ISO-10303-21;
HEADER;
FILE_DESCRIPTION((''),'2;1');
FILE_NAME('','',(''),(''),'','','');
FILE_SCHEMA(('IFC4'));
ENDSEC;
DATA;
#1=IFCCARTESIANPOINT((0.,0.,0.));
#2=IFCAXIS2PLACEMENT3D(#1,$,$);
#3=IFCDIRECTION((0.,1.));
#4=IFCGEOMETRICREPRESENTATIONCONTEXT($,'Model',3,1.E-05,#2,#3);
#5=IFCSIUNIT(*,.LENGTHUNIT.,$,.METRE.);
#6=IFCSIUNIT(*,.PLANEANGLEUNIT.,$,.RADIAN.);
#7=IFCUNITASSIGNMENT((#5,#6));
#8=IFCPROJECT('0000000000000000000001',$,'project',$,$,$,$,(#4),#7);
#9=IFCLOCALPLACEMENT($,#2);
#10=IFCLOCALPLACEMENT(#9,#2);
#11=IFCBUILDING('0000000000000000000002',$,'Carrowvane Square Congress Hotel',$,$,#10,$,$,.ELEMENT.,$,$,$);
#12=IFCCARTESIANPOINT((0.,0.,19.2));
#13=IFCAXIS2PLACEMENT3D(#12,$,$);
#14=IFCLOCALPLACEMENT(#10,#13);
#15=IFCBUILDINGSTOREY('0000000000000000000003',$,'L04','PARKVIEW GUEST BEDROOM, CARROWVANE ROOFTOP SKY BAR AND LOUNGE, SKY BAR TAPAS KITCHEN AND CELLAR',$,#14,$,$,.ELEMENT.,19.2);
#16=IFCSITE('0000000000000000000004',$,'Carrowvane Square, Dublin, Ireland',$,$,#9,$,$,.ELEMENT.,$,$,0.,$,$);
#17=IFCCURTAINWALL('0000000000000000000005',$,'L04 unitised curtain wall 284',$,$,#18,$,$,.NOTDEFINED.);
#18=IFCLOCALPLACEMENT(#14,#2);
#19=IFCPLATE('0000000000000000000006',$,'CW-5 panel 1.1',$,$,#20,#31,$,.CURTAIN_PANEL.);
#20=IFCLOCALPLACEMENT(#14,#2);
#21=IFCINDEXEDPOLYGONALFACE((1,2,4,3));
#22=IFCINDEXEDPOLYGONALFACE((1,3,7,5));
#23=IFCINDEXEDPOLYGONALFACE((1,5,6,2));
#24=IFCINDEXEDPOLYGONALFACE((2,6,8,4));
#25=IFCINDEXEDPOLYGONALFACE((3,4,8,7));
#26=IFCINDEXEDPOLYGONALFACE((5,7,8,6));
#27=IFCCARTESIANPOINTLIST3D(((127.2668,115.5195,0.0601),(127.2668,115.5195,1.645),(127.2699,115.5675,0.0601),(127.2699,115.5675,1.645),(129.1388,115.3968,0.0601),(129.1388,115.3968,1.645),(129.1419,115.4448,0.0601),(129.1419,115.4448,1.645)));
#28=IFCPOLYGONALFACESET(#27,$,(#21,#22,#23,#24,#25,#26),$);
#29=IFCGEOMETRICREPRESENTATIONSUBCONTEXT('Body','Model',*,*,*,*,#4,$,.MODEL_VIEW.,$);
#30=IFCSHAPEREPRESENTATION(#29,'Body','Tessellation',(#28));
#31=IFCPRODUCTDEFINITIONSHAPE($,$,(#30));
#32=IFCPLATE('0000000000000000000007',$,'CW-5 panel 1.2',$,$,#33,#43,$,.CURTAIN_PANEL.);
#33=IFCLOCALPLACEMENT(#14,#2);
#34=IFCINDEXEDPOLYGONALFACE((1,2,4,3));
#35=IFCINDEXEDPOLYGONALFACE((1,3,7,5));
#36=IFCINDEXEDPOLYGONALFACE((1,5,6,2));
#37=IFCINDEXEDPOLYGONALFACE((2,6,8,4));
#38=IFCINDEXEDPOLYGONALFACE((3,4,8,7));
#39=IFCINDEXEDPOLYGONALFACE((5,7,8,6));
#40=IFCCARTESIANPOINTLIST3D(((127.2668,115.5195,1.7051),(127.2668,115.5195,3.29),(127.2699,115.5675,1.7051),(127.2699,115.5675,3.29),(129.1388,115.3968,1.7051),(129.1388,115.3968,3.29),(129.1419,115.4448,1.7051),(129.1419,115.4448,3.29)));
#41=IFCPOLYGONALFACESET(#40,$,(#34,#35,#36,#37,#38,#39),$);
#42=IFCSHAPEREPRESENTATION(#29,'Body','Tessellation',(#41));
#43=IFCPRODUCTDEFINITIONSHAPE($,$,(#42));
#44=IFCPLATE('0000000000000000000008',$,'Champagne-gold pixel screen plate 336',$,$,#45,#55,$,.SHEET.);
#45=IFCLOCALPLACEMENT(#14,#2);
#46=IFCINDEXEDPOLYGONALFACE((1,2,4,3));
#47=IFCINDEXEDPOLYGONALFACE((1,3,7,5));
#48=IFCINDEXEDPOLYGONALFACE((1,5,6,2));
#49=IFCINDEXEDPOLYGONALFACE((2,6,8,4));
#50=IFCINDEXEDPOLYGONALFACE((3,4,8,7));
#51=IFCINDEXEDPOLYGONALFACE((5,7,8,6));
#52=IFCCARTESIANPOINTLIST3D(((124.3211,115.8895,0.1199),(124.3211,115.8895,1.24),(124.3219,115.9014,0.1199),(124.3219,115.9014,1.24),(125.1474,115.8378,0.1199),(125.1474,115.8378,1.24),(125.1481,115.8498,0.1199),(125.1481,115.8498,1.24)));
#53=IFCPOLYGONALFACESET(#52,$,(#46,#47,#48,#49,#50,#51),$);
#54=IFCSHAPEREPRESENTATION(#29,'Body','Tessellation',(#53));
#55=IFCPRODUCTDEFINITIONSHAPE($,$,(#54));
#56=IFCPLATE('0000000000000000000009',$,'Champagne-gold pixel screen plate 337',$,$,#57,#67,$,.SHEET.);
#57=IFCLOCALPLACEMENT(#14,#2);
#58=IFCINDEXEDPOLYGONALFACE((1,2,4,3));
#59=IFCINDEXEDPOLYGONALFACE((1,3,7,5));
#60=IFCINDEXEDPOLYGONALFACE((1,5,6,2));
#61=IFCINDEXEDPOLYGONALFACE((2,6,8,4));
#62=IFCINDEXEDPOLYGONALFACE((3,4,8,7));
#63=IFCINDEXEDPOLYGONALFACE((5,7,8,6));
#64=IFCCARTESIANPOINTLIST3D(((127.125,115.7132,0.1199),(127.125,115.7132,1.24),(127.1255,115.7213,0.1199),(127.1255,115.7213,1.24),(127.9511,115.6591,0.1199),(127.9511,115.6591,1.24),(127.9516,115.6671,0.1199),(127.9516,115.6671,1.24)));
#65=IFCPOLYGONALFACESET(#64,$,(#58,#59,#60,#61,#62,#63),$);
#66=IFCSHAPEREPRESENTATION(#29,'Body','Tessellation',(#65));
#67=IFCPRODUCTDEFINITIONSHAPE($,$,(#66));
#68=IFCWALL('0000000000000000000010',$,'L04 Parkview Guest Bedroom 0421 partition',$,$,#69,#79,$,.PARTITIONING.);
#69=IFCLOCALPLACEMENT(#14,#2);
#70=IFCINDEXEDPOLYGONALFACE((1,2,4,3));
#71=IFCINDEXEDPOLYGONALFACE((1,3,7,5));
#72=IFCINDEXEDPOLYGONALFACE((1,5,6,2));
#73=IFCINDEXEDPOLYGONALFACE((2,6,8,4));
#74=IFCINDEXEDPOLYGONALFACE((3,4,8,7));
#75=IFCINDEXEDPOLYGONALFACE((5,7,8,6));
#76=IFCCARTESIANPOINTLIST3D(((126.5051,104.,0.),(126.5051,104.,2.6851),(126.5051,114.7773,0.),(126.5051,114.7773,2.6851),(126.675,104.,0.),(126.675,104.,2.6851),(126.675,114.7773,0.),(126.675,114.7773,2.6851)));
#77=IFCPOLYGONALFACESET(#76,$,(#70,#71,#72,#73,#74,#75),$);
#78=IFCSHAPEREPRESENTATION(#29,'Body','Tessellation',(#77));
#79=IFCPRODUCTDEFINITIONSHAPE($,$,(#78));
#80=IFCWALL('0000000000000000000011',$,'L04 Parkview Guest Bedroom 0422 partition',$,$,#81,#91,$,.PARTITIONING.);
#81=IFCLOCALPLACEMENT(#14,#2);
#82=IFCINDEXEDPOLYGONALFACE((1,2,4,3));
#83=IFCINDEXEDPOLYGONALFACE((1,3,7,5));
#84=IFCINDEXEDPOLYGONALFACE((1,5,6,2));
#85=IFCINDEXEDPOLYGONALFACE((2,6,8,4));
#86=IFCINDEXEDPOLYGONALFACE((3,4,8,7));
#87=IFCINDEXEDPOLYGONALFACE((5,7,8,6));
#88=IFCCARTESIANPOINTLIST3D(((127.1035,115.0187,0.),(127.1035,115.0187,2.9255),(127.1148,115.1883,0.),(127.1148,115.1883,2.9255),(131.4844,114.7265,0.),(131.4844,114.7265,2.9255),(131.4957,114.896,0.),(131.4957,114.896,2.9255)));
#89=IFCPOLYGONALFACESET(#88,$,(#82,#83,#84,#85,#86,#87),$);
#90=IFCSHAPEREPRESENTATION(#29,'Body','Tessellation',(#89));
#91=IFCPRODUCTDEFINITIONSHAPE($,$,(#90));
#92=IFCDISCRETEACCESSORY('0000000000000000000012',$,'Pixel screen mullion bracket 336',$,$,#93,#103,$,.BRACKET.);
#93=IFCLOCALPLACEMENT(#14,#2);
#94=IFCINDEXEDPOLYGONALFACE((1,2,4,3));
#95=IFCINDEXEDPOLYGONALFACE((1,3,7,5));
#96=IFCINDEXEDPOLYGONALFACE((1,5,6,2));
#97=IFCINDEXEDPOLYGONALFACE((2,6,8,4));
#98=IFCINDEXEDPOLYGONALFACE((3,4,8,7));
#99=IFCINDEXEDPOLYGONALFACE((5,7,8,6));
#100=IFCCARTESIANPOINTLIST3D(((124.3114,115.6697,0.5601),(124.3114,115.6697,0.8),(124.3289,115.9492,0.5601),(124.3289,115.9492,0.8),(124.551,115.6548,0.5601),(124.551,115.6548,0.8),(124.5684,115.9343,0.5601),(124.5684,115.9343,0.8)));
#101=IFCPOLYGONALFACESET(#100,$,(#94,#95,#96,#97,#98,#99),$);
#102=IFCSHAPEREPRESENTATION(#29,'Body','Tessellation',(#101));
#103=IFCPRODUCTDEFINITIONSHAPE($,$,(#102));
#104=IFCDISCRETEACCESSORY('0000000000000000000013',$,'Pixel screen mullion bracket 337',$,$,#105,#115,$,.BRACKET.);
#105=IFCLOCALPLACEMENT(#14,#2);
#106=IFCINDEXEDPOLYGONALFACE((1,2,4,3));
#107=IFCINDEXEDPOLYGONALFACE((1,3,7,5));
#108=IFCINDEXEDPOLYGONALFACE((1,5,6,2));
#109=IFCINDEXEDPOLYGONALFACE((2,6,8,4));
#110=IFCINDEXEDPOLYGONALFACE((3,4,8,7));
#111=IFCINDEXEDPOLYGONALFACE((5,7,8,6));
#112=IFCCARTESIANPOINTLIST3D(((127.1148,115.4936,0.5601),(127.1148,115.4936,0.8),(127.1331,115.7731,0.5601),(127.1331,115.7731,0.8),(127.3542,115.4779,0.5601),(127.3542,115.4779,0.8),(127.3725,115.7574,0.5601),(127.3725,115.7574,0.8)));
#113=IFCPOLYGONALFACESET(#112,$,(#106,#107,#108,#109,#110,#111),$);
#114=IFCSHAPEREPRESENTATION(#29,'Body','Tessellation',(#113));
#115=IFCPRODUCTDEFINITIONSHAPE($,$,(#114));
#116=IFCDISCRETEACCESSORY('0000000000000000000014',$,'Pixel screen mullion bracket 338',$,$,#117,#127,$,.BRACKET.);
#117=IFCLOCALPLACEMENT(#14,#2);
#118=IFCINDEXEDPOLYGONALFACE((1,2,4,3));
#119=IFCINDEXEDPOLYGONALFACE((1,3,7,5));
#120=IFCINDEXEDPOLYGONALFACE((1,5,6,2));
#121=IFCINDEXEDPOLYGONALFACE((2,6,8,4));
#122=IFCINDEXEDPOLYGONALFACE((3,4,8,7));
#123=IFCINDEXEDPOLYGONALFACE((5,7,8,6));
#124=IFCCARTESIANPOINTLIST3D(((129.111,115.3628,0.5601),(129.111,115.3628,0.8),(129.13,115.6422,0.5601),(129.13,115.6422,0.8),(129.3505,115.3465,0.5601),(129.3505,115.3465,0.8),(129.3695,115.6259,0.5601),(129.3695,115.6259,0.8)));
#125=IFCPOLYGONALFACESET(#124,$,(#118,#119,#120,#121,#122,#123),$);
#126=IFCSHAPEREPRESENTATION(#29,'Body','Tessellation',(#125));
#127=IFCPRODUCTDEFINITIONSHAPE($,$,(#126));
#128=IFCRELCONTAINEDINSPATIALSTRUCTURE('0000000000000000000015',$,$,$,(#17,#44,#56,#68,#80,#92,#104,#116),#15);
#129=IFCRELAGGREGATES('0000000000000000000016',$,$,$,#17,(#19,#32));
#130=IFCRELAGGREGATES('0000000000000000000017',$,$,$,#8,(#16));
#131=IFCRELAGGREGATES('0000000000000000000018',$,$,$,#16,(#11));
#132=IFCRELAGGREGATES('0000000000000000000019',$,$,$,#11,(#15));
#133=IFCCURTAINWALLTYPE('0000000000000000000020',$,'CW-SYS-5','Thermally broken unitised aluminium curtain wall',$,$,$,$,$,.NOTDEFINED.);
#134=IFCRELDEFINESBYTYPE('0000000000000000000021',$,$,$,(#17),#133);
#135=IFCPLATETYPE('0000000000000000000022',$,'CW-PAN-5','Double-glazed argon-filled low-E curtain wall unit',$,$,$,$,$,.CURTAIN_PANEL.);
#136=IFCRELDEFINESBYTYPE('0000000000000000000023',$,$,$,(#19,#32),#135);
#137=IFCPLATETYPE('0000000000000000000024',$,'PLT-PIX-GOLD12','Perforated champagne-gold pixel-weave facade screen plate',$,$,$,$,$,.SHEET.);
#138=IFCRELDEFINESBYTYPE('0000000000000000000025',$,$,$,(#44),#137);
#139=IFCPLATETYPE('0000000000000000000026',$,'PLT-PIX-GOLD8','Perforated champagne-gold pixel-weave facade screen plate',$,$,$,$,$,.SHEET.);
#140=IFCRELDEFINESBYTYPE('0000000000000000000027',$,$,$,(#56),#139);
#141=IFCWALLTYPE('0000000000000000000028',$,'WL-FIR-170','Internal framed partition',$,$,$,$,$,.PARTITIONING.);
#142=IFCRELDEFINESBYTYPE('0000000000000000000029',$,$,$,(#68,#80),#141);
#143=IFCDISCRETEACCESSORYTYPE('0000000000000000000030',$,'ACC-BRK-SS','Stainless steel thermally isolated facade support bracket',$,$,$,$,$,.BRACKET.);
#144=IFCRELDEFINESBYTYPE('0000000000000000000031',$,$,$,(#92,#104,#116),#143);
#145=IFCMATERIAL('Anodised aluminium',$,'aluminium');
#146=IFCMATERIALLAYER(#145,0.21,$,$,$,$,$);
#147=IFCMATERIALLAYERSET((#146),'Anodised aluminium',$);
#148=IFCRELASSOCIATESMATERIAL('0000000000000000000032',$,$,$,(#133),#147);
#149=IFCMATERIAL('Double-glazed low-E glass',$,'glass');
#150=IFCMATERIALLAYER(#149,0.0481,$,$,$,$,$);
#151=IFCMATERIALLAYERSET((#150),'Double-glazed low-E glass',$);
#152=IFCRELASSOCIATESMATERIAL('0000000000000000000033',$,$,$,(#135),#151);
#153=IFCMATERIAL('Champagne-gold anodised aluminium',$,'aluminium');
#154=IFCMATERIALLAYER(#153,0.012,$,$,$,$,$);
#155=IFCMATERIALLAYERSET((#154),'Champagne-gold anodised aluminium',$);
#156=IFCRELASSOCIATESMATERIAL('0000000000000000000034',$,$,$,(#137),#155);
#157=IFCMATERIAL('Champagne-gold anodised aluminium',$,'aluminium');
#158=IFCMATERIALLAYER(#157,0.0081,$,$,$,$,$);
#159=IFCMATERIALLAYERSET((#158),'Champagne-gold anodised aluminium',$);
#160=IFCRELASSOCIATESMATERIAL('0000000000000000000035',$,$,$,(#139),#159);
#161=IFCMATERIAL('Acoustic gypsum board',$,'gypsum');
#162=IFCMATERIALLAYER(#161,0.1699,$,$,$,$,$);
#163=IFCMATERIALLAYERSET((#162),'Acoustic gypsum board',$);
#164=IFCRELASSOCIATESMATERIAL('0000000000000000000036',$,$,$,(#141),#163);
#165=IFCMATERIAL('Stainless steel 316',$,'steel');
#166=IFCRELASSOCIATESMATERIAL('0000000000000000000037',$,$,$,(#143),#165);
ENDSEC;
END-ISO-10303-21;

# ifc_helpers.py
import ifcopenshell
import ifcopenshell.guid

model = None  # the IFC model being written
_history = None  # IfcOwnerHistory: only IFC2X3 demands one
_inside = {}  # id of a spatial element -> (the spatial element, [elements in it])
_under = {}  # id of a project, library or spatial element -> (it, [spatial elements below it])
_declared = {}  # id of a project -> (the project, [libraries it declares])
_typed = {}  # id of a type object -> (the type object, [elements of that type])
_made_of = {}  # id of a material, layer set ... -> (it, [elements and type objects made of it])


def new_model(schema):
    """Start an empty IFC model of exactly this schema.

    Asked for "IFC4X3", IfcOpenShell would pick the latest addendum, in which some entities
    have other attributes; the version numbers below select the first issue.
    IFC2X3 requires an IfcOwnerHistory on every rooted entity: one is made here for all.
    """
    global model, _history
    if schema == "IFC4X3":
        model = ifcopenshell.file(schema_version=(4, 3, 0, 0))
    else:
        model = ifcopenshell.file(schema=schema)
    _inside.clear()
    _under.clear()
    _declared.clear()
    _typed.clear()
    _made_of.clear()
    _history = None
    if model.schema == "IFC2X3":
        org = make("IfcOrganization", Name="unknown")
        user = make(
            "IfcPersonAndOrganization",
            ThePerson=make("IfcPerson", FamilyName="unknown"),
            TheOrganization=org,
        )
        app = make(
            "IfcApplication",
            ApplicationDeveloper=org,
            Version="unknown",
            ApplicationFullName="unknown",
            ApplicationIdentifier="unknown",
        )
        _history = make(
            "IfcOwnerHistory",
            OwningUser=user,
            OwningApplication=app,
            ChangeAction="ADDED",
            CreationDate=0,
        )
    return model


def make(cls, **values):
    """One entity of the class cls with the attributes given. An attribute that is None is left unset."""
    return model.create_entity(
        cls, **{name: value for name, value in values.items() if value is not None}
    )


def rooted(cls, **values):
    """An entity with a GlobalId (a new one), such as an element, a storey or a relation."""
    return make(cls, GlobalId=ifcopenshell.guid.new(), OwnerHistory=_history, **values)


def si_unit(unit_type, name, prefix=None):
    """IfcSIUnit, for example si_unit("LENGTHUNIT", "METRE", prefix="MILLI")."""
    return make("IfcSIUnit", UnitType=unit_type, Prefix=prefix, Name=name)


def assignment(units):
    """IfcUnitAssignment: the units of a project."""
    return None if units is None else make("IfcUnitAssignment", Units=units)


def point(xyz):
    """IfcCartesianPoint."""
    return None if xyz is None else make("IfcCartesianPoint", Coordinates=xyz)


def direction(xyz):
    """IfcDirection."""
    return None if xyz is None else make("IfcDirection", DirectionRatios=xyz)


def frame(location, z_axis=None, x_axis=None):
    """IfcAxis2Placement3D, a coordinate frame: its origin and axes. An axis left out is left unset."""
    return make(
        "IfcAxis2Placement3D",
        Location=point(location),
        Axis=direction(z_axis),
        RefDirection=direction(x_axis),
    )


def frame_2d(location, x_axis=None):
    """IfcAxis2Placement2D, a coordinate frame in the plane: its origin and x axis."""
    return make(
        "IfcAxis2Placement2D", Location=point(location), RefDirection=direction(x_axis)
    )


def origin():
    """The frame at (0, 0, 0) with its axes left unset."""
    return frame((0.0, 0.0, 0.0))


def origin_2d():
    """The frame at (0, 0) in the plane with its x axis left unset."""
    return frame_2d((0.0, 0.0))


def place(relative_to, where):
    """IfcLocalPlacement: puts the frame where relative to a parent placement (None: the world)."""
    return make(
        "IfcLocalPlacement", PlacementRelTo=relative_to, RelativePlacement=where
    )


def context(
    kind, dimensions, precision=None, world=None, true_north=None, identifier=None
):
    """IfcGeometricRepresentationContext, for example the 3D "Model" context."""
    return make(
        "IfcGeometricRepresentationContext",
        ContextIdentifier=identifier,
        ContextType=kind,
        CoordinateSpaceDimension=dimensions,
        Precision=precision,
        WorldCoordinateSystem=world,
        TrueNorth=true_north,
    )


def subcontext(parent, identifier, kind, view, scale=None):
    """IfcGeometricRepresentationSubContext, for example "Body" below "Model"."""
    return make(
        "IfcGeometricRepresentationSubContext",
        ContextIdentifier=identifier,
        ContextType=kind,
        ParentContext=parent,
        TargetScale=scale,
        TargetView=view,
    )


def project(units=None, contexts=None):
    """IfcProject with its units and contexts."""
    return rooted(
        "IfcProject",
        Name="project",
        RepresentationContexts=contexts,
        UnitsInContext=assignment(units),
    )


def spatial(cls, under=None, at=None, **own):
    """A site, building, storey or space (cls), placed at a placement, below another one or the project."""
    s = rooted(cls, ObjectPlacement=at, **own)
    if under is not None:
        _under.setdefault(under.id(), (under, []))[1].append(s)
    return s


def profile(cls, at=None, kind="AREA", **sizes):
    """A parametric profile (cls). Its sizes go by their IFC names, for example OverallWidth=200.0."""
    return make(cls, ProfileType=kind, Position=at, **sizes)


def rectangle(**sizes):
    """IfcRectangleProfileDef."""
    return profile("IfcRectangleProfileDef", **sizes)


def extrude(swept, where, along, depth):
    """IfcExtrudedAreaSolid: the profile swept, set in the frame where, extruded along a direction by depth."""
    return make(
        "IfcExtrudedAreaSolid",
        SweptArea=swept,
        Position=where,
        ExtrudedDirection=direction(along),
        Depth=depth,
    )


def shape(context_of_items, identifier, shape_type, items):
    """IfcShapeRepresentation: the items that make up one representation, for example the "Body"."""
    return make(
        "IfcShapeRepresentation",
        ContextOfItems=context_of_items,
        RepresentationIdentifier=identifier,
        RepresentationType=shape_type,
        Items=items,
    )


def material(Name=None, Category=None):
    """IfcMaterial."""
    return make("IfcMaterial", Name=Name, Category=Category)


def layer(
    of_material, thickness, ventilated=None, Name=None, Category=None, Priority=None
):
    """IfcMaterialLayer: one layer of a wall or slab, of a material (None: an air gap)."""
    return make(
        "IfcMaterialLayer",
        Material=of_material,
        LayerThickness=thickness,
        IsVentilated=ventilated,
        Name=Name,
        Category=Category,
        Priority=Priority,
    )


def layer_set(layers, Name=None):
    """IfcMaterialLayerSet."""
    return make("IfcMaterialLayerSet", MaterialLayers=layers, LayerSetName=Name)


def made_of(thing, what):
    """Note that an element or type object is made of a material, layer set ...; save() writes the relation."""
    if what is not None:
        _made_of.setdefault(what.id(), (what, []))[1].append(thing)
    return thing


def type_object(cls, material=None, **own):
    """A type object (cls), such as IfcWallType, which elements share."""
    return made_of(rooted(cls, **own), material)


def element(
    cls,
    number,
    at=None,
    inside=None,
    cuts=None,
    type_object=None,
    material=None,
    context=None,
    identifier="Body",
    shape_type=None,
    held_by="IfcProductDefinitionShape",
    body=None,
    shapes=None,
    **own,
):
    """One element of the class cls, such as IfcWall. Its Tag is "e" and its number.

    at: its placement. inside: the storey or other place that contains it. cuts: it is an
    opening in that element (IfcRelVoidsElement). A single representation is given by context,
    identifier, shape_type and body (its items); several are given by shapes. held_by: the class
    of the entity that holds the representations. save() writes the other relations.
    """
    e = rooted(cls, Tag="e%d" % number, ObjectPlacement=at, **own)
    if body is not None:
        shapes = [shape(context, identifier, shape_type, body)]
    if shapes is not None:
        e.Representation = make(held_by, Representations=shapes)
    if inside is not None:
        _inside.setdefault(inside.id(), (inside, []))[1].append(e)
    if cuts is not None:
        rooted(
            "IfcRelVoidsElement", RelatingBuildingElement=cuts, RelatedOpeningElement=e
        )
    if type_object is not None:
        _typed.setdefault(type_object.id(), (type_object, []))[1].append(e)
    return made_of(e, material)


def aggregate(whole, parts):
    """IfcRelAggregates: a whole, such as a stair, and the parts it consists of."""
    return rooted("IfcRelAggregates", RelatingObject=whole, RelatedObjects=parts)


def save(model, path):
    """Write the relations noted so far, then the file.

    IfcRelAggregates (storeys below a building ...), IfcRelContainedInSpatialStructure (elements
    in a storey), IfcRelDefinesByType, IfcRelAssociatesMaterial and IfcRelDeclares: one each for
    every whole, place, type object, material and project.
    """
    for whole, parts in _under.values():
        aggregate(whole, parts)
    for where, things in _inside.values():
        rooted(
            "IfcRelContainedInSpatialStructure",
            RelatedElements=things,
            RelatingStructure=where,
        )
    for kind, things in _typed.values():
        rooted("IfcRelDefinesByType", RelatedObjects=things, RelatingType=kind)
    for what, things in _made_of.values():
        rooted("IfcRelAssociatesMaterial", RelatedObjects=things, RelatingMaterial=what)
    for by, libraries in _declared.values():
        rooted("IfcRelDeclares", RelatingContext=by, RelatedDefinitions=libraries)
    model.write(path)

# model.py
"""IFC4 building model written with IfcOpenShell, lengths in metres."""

from ifc_helpers import new_model, si_unit, direction, frame, frame_2d, origin, origin_2d, place, context, subcontext, project, spatial, rectangle, extrude, material, layer, layer_set, type_object, element, aggregate, save


model = new_model("IFC4")

# Units and contexts
model_context = context("Model", 3, precision=1e-05, world=origin(), true_north=direction((0.0, 1.0)))
body_context = subcontext(model_context, "Body", "Model", "MODEL_VIEW")
ifc_project = project(units=[si_unit("LENGTHUNIT", "METRE"), si_unit("PLANEANGLEUNIT", "RADIAN")], contexts=[model_context])

# Site, building, storey
site_placement = place(None, origin())
site = spatial("IfcSite", under=ifc_project, at=site_placement, Name="Carrowvane Square, Dublin, Ireland", CompositionType="ELEMENT", RefElevation=0.0)
building_placement = place(site_placement, origin())
building = spatial("IfcBuilding", under=site, at=building_placement, Name="Carrowvane Square Congress Hotel", CompositionType="ELEMENT")
storey_placement = place(building_placement, frame((0.0, 0.0, 19.2)))
storey = spatial("IfcBuildingStorey", under=building, at=storey_placement, Name="L04", Description="PARKVIEW GUEST BEDROOM, CARROWVANE ROOFTOP SKY BAR AND LOUNGE, SKY BAR TAPAS KITCHEN AND CELLAR", CompositionType="ELEMENT", Elevation=19.2)

# Curtain wall
ifc_material_1 = material(Name="Anodised aluminium", Category="aluminium")
ifc_layer_1 = layer(ifc_material_1, 0.21)
ifc_layer_set_1 = layer_set([ifc_layer_1], Name="Anodised aluminium")
curtain_wall_type_1 = type_object("IfcCurtainWallType", Name="CW-SYS-5", Description="Thermally broken unitised aluminium curtain wall", PredefinedType="NOTDEFINED", material=ifc_layer_set_1)
curtain_wall_1_placement = place(storey_placement, origin())
curtain_wall_1 = element("IfcCurtainWall", 1, at=curtain_wall_1_placement, inside=storey, type_object=curtain_wall_type_1, Name="L04 unitised curtain wall 284", PredefinedType="NOTDEFINED")

# Plates
ifc_material_2 = material(Name="Double-glazed low-E glass", Category="glass")
ifc_layer_2 = layer(ifc_material_2, 0.0481)
ifc_layer_set_2 = layer_set([ifc_layer_2], Name="Double-glazed low-E glass")
plate_type_1 = type_object("IfcPlateType", Name="CW-PAN-5", Description="Double-glazed argon-filled low-E curtain wall unit", PredefinedType="CURTAIN_PANEL", material=ifc_layer_set_2)
plate_1_placement = place(storey_placement, frame((128.2043, 115.4822, 0.0601), z_axis=(0.0, 0.0, 1.0), x_axis=(0.997858, -0.065414, 0.0)))
plate_1 = element("IfcPlate", 2, at=plate_1_placement, type_object=plate_type_1, Name="CW-5 panel 1.1", PredefinedType="CURTAIN_PANEL", context=body_context, shape_type="SweptSolid", body=[
    extrude(rectangle(XDim=1.876, YDim=0.0481, at=origin_2d()), origin(), (0.0, 0.0, 1.0), 1.585),
])
plate_2_placement = place(storey_placement, frame((128.2043, 115.4822, 1.7051), z_axis=(0.0, 0.0, 1.0), x_axis=(0.997858, -0.065414, 0.0)))
plate_2 = element("IfcPlate", 3, at=plate_2_placement, type_object=plate_type_1, Name="CW-5 panel 1.2", PredefinedType="CURTAIN_PANEL", context=body_context, shape_type="SweptSolid", body=[
    extrude(rectangle(XDim=1.876, YDim=0.0481, at=origin_2d()), origin(), (0.0, 0.0, 1.0), 1.585),
])
aggregate(curtain_wall_1, [plate_1, plate_2])

# Plates
ifc_material_3 = material(Name="Champagne-gold anodised aluminium", Category="aluminium")
ifc_layer_3 = layer(ifc_material_3, 0.012)
ifc_layer_set_3 = layer_set([ifc_layer_3], Name="Champagne-gold anodised aluminium")
plate_type_2 = type_object("IfcPlateType", Name="PLT-PIX-GOLD12", Description="Perforated champagne-gold pixel-weave facade screen plate", PredefinedType="SHEET", material=ifc_layer_set_3)
plate_3_placement = place(storey_placement, frame((124.7346, 115.8696, 0.1199), z_axis=(0.0, 0.0, 1.0), x_axis=(0.998051, -0.062397, 0.0)))
element("IfcPlate", 4, at=plate_3_placement, inside=storey, type_object=plate_type_2, Name="Champagne-gold pixel screen plate 336", PredefinedType="SHEET", context=body_context, shape_type="SweptSolid", body=[
    extrude(rectangle(XDim=0.8279, YDim=0.012, at=origin_2d()), origin(), (0.0, 0.0, 1.0), 1.1201),
])
ifc_material_4 = material(Name="Champagne-gold anodised aluminium", Category="aluminium")
ifc_layer_4 = layer(ifc_material_4, 0.0081)
ifc_layer_set_4 = layer_set([ifc_layer_4], Name="Champagne-gold anodised aluminium")
plate_type_3 = type_object("IfcPlateType", Name="PLT-PIX-GOLD8", Description="Perforated champagne-gold pixel-weave facade screen plate", PredefinedType="SHEET", material=ifc_layer_set_4)
plate_4_placement = place(storey_placement, frame((127.5383, 115.6902, 0.1199), z_axis=(0.0, 0.0, 1.0), x_axis=(0.997858, -0.065413, 0.0)))
element("IfcPlate", 5, at=plate_4_placement, inside=storey, type_object=plate_type_3, Name="Champagne-gold pixel screen plate 337", PredefinedType="SHEET", context=body_context, shape_type="SweptSolid", body=[
    extrude(rectangle(XDim=0.8279, YDim=0.0081, at=origin_2d()), origin(), (0.0, 0.0, 1.0), 1.1201),
])

# Walls
ifc_material_5 = material(Name="Acoustic gypsum board", Category="gypsum")
ifc_layer_5 = layer(ifc_material_5, 0.1699)
ifc_layer_set_5 = layer_set([ifc_layer_5], Name="Acoustic gypsum board")
wall_type = type_object("IfcWallType", Name="WL-FIR-170", Description="Internal framed partition", PredefinedType="PARTITIONING", material=ifc_layer_set_5)
wall_1_placement = place(storey_placement, frame((126.5901, 114.7773, 0.0), z_axis=(0.0, 0.0, 1.0), x_axis=(0.0, -1.0, 0.0)))
element("IfcWall", 6, at=wall_1_placement, inside=storey, type_object=wall_type, Name="L04 Parkview Guest Bedroom 0421 partition", PredefinedType="PARTITIONING", context=body_context, shape_type="SweptSolid", body=[
    extrude(rectangle(XDim=10.7773, YDim=0.1699, at=frame_2d((5.3887, 0.0))), origin(), (0.0, 0.0, 1.0), 2.6851),
])
wall_2_placement = place(storey_placement, frame((127.1091, 115.1035, 0.0), z_axis=(0.0, 0.0, 1.0), x_axis=(0.997782, -0.06656, 0.0)))
element("IfcWall", 7, at=wall_2_placement, inside=storey, type_object=wall_type, Name="L04 Parkview Guest Bedroom 0422 partition", PredefinedType="PARTITIONING", context=body_context, shape_type="SweptSolid", body=[
    extrude(rectangle(XDim=4.3906, YDim=0.1699, at=frame_2d((2.1953, 0.0))), origin(), (0.0, 0.0, 1.0), 2.9255),
])

# Discrete accessories
ifc_material_6 = material(Name="Stainless steel 316", Category="steel")
discrete_accessory_type = type_object("IfcDiscreteAccessoryType", Name="ACC-BRK-SS", Description="Stainless steel thermally isolated facade support bracket", PredefinedType="BRACKET", material=ifc_material_6)
for number, where, z_axis, x_axis, name in (
    (8, (124.4399, 115.802, 0.5601), (0.0, 0.0, 1.0), (0.998051, -0.062397, 0.0), "Pixel screen mullion bracket 336"),
    (9, (127.2437, 115.6255, 0.5601), (0.0, 0.0, 1.0), (0.997858, -0.065413, 0.0), "Pixel screen mullion bracket 337"),
    (10, (129.2402, 115.4944, 0.5601), (0.0, 0.0, 1.0), (0.997694, -0.067866, 0.0), "Pixel screen mullion bracket 338"),
):
    element("IfcDiscreteAccessory", number, at=place(storey_placement, frame(where, z_axis=z_axis, x_axis=x_axis)), inside=storey, type_object=discrete_accessory_type, Name=name, PredefinedType="BRACKET", context=body_context, shape_type="SweptSolid", body=[
        extrude(rectangle(XDim=0.24, YDim=0.28, at=origin_2d()), origin(), (0.0, 0.0, 1.0), 0.24),
    ])

save(model, "model.ifc")
